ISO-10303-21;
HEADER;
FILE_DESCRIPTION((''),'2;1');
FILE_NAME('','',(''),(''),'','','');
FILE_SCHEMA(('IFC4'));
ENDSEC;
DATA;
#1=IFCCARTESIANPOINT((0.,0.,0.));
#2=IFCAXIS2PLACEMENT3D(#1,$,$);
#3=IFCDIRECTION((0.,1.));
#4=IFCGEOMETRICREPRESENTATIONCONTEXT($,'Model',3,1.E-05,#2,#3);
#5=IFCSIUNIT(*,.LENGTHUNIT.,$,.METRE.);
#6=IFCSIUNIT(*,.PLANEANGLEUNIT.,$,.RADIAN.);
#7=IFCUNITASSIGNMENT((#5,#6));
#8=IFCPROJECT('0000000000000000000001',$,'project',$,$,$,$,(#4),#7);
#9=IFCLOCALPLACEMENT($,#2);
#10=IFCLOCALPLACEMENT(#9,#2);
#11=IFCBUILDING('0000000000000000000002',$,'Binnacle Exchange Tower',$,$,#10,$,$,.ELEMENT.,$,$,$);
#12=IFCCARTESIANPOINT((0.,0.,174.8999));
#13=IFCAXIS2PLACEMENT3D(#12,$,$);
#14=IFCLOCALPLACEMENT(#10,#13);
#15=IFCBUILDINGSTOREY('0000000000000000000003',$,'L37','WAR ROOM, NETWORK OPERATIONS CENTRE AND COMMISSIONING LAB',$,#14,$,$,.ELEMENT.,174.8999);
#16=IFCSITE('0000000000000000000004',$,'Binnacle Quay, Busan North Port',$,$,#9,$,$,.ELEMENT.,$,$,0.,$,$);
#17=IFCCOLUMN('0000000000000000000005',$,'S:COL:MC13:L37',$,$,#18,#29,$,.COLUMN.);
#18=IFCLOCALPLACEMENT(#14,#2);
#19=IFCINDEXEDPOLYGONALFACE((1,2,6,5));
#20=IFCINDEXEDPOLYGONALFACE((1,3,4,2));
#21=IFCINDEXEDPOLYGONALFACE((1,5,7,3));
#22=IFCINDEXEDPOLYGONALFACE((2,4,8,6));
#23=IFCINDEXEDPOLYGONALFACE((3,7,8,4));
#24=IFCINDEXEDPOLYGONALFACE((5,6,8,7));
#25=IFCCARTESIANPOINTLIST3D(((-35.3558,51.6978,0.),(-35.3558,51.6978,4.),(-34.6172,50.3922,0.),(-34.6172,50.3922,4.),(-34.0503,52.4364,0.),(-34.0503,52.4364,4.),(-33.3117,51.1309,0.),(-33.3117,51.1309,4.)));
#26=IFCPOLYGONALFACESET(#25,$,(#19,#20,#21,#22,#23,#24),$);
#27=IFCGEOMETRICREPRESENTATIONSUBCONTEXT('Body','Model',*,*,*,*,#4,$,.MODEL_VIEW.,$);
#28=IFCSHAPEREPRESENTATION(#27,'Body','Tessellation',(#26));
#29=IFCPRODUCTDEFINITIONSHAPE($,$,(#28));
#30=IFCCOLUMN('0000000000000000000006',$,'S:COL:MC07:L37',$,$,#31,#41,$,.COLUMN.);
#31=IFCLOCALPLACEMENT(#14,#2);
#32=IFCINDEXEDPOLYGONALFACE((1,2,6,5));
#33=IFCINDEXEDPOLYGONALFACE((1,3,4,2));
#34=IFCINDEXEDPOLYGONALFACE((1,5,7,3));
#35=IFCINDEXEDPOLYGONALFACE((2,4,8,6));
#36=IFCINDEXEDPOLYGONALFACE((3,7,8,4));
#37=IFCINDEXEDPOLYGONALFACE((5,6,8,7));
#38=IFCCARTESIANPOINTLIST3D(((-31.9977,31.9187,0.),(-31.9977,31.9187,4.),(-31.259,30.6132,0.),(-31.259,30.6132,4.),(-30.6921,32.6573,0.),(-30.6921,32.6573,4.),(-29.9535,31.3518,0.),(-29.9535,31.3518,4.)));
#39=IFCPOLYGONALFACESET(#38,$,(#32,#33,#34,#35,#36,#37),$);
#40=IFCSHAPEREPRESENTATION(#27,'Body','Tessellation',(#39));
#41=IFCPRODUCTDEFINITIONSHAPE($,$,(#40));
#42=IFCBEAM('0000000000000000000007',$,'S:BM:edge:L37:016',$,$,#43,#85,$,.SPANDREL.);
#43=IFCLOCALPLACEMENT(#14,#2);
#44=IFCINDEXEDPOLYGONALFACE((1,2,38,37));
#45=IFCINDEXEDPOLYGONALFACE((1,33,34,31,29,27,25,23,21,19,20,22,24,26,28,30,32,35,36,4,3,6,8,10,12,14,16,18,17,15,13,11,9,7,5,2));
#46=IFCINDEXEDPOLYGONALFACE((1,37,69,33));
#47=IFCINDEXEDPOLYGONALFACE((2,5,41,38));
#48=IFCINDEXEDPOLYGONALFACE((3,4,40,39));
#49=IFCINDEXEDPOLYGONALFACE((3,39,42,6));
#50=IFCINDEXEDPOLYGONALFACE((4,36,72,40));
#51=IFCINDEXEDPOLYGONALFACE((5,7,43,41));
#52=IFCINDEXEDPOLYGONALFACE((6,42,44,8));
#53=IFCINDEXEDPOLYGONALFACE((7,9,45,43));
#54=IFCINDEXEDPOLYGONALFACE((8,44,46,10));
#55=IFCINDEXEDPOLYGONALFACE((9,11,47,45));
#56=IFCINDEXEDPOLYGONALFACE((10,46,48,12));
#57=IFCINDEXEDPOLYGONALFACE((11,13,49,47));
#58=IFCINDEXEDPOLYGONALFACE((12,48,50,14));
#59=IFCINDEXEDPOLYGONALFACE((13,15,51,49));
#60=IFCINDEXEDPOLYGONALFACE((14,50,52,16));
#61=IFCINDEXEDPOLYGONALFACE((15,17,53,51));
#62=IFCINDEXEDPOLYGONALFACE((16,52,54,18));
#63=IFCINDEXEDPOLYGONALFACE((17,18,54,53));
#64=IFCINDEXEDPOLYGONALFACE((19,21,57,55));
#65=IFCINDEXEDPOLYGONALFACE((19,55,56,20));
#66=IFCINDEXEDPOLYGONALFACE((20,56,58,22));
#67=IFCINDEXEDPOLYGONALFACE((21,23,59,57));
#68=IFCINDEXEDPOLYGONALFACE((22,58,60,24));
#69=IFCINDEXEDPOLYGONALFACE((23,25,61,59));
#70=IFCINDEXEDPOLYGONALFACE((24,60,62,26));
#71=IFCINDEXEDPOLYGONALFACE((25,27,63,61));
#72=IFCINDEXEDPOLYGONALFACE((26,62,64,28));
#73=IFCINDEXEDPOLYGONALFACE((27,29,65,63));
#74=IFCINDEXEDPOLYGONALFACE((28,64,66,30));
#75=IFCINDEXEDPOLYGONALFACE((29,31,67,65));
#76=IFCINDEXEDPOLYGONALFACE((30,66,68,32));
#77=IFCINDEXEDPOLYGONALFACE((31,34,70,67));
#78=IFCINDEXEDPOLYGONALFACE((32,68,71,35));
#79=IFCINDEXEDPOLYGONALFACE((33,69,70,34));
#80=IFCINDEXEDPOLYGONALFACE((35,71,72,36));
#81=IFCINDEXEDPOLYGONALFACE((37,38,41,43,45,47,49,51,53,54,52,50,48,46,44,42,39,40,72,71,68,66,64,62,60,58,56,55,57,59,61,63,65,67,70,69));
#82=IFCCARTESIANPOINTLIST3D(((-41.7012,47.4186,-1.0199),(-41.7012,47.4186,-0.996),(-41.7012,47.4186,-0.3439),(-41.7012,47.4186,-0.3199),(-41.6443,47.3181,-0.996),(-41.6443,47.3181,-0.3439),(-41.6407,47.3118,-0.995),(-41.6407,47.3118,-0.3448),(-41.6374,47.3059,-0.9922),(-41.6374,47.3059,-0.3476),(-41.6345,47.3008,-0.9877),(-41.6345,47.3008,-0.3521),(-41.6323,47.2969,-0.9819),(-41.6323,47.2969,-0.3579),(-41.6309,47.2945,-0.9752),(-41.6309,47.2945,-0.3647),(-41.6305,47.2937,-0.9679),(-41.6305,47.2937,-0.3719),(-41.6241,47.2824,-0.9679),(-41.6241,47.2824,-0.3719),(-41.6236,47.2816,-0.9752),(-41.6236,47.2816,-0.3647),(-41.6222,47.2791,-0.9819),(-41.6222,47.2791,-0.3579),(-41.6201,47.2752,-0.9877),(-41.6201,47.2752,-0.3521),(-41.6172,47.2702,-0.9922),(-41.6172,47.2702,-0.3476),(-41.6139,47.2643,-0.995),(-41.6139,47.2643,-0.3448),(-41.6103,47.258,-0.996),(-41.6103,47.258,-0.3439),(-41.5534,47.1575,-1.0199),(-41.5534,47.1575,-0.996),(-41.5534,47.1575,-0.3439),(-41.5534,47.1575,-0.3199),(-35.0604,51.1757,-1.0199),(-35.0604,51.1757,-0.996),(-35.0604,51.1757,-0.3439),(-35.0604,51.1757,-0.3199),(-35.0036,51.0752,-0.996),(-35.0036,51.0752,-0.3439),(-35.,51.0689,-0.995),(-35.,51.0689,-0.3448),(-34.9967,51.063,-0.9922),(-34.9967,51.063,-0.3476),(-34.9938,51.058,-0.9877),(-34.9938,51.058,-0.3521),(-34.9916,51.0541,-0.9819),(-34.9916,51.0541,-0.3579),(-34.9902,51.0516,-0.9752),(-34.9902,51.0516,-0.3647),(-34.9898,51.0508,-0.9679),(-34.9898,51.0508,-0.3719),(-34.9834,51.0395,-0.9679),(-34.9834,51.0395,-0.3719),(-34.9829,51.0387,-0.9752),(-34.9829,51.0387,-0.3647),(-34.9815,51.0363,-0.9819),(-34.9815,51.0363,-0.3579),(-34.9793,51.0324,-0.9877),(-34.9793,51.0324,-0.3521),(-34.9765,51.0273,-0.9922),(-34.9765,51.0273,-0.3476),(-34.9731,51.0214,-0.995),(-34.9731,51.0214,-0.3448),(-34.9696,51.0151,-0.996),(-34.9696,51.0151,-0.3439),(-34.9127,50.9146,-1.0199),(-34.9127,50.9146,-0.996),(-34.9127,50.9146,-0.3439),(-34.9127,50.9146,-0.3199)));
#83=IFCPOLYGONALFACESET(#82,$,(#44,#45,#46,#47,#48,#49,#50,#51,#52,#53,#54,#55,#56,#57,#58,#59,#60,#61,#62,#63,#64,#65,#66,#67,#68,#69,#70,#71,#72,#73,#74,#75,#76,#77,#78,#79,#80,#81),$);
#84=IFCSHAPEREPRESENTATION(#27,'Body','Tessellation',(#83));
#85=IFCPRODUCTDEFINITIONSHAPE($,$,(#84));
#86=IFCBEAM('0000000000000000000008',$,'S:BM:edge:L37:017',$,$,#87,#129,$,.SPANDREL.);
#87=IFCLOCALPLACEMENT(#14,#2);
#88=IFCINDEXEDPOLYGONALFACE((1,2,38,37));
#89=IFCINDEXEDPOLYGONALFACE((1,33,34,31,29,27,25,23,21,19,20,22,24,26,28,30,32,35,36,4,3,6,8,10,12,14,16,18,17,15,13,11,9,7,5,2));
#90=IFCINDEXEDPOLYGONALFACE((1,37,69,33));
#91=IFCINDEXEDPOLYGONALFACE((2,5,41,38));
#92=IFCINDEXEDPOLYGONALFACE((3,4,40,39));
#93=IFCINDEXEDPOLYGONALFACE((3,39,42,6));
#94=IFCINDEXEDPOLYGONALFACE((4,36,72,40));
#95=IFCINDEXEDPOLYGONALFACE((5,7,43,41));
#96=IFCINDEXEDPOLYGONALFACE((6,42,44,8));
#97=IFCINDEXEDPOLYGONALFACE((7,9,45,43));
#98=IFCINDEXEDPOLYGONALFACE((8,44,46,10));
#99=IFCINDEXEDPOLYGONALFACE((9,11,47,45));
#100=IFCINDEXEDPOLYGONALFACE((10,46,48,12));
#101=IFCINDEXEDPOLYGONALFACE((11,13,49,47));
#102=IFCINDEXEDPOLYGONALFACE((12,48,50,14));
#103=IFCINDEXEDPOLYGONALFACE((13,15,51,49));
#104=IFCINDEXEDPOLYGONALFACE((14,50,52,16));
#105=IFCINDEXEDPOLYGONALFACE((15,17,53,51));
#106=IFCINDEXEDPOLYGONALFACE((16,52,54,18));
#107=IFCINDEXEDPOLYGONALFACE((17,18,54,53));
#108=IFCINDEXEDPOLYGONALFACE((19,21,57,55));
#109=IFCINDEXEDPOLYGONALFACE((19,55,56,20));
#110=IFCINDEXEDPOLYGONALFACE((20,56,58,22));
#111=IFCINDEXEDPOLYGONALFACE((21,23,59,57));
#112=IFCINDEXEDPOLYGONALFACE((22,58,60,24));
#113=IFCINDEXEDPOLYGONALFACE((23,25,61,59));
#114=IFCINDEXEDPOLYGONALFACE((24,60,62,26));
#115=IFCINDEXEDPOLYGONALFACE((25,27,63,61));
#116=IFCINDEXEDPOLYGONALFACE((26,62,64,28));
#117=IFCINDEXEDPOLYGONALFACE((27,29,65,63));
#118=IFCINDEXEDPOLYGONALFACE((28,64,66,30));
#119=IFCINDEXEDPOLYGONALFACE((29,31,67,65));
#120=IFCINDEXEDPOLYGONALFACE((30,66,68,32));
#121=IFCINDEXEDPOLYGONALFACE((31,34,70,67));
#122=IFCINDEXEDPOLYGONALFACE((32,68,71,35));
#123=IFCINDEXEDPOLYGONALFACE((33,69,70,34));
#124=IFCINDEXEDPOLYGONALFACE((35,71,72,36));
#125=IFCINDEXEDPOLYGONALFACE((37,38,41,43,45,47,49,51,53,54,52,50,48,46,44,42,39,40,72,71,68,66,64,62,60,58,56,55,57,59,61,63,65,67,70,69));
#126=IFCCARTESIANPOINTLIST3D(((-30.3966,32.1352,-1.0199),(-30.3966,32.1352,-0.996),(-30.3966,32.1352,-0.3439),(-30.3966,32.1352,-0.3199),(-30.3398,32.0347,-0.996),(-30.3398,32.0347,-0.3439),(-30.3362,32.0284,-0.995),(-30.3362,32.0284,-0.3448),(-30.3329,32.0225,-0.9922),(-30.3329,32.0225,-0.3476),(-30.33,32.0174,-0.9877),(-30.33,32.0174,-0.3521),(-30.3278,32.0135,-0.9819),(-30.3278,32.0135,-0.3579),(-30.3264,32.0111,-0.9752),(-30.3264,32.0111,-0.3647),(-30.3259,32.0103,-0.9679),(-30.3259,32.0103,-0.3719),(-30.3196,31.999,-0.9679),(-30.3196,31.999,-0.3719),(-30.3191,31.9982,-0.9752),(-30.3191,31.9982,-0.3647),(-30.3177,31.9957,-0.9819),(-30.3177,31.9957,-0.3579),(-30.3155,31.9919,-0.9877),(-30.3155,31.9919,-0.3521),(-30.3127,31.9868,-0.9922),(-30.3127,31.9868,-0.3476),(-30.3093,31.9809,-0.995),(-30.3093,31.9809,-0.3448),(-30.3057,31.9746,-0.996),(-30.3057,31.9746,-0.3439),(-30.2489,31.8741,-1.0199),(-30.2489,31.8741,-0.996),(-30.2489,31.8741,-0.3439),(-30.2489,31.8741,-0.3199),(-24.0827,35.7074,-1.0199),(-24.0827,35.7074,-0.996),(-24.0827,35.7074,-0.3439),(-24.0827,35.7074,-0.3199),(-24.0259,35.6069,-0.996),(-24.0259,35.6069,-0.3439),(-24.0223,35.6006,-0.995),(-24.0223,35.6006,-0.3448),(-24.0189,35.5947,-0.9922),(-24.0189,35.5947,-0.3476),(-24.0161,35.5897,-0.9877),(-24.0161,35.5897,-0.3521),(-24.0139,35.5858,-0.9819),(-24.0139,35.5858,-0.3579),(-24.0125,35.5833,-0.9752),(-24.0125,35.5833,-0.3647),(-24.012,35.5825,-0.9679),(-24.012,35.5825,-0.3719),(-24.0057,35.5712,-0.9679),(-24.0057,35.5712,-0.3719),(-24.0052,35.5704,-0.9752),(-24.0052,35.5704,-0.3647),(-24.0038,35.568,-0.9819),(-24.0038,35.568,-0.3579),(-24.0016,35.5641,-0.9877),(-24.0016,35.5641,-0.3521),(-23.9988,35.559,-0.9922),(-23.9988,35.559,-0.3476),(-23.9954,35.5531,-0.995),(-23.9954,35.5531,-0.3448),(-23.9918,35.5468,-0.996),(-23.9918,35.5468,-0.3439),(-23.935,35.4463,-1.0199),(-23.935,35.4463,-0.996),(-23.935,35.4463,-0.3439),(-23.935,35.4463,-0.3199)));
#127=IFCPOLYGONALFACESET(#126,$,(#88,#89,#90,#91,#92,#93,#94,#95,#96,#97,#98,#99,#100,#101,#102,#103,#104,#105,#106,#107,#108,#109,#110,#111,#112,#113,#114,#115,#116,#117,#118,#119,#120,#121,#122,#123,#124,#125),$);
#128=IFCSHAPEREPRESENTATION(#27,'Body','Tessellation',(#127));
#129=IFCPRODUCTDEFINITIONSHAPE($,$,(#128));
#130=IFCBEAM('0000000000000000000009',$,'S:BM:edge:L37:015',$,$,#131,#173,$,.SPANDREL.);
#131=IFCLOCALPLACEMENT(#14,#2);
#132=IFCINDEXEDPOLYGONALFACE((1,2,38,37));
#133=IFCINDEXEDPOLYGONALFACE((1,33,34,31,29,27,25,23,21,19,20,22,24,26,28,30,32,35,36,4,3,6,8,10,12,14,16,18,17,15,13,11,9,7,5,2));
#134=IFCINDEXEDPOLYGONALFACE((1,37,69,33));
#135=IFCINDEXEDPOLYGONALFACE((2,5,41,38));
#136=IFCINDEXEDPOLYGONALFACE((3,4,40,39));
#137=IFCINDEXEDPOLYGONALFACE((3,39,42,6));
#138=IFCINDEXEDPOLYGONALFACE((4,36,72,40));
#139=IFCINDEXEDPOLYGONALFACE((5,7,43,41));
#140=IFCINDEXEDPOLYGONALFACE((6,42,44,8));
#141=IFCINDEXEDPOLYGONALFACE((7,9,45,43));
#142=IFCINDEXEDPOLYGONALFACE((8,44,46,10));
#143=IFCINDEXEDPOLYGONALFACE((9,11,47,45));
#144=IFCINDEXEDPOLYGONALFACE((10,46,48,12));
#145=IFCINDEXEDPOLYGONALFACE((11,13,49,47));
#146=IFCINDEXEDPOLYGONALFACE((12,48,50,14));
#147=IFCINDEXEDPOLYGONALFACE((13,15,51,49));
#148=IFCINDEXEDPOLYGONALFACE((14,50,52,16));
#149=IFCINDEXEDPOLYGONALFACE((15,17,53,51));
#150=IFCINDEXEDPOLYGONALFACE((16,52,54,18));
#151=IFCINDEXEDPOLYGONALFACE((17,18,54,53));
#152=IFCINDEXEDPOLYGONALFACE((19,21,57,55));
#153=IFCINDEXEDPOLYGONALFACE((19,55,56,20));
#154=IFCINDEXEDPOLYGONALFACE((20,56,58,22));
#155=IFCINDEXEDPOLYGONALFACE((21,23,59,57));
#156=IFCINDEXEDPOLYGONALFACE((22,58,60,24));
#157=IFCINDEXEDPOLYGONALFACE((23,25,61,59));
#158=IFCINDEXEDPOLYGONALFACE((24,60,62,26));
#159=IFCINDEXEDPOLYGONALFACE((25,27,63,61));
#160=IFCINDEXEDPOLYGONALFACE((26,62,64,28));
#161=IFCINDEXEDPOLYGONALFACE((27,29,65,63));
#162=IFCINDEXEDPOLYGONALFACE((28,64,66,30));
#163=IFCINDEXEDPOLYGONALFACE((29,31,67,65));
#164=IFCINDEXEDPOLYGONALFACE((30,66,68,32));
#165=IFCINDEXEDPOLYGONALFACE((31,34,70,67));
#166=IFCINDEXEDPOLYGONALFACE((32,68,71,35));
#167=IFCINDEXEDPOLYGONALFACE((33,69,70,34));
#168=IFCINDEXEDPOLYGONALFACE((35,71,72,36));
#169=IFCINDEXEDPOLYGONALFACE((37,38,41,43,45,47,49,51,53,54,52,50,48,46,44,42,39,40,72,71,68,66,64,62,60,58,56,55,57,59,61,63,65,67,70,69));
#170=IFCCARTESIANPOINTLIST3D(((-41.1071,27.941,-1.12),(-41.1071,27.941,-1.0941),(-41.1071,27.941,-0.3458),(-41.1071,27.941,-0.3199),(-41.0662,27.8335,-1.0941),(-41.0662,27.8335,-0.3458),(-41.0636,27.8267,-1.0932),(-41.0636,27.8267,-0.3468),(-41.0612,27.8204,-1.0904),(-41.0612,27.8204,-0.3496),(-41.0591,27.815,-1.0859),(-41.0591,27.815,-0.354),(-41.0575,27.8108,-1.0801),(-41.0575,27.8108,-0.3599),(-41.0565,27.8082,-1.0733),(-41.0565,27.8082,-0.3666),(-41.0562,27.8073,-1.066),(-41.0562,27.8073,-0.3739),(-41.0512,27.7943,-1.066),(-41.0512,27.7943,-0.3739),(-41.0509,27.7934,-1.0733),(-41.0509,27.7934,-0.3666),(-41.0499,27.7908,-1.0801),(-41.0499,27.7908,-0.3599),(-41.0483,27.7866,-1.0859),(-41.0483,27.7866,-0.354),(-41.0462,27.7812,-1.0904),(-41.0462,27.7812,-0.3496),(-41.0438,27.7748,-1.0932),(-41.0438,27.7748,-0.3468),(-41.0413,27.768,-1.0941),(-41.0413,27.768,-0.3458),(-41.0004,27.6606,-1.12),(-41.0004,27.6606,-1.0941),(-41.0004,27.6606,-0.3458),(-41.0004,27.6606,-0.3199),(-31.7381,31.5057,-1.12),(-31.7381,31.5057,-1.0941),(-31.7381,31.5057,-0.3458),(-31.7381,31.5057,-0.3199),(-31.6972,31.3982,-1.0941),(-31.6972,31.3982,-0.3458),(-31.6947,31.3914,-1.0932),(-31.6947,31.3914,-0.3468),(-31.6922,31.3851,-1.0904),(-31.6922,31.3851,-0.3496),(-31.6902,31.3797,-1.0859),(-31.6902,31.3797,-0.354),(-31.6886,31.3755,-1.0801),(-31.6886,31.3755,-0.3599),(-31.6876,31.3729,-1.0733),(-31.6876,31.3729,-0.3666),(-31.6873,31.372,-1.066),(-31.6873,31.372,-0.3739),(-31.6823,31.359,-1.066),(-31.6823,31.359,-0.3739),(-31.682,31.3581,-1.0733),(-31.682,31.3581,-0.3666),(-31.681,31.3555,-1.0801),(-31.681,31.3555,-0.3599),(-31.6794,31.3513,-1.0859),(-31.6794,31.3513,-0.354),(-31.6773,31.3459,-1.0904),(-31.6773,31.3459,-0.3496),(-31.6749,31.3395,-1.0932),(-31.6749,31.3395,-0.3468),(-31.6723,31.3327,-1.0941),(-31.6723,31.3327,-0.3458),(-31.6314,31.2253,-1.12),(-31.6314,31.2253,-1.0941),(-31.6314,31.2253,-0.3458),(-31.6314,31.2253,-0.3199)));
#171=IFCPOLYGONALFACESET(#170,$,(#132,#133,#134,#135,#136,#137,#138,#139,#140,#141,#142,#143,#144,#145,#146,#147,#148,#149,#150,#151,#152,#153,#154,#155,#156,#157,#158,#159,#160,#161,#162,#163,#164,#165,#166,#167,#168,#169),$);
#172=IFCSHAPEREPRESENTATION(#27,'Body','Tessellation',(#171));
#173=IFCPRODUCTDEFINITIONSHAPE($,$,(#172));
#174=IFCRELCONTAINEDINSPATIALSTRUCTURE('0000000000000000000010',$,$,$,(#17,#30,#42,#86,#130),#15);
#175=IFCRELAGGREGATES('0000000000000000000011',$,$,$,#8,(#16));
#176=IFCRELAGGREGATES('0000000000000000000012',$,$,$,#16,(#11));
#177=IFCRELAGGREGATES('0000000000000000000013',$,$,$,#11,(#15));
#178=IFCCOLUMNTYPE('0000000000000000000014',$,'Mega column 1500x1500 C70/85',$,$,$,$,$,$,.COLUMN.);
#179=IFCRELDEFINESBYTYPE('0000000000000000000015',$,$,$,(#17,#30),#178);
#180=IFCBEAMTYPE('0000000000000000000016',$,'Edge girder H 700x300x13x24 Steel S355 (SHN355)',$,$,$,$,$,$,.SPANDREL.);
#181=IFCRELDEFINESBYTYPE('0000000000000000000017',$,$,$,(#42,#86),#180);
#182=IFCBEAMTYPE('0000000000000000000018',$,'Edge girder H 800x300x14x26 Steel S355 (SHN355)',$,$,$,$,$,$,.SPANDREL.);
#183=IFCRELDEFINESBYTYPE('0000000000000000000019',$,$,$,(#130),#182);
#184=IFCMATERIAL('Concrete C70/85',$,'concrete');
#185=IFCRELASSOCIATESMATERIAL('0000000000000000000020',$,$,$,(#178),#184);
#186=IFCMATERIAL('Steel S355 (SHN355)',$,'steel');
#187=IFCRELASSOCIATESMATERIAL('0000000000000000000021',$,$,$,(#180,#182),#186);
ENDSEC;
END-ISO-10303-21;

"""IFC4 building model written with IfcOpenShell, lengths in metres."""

from ifc_helpers import new_model, si_unit, direction, frame, origin, origin_2d, place, context, subcontext, project, spatial, rectangle, i_section, extrude, material, material_profile, profile_set, type_object, element, save


model = new_model("IFC4")

# Units and contexts
model_context = context("Model", 3, precision=1e-05, world=origin(), true_north=direction((0.0, 1.0)))
body_context = subcontext(model_context, "Body", "Model", "MODEL_VIEW")
ifc_project = project(units=[si_unit("LENGTHUNIT", "METRE"), si_unit("PLANEANGLEUNIT", "RADIAN")], contexts=[model_context])

# Site, building, storey
site_placement = place(None, origin())
site = spatial("IfcSite", under=ifc_project, at=site_placement, Name="Binnacle Quay, Busan North Port", CompositionType="ELEMENT", RefElevation=0.0)
building_placement = place(site_placement, origin())
building = spatial("IfcBuilding", under=site, at=building_placement, Name="Binnacle Exchange Tower", CompositionType="ELEMENT")
storey_placement = place(building_placement, frame((0.0, 0.0, 174.8999)))
storey = spatial("IfcBuildingStorey", under=building, at=storey_placement, Name="L37", Description="WAR ROOM, NETWORK OPERATIONS CENTRE AND COMMISSIONING LAB", CompositionType="ELEMENT", Elevation=174.8999)

# Columns
ifc_material_1 = material(Name="Concrete C70/85", Category="concrete")
ifc_material_profile_1 = material_profile(ifc_material_1, rectangle(XDim=1.5, YDim=1.5, at=origin_2d()), Name="Mega column 1500x1500 C70/85")
ifc_profile_set_1 = profile_set([ifc_material_profile_1], Name="Concrete C70/85")
column_type = type_object("IfcColumnType", Name="Mega column 1500x1500 C70/85", PredefinedType="COLUMN", material=ifc_profile_set_1)
for number, where, z_axis, x_axis, name in (
    (1, (-34.3337, 51.4143, 0.0), (0.0, 0.0, 1.0), (-0.870356, -0.492424, 0.0), "S:COL:MC13:L37"),
    (2, (-30.9756, 31.6353, 0.0), (0.0, 0.0, 1.0), (0.870356, 0.492424, 0.0), "S:COL:MC07:L37"),
):
    element("IfcColumn", number, at=place(storey_placement, frame(where, z_axis=z_axis, x_axis=x_axis)), inside=storey, type_object=column_type, Name=name, PredefinedType="COLUMN", context=body_context, shape_type="SweptSolid", body=[
        extrude(rectangle(XDim=1.5, YDim=1.5, at=origin_2d()), origin(), (0.0, 0.0, 1.0), 4.0),
    ])

# Beams
ifc_material_2 = material(Name="Steel S355 (SHN355)", Category="steel")
ifc_material_profile_2 = material_profile(ifc_material_2, i_section(OverallWidth=0.3, OverallDepth=0.7, WebThickness=0.0129, FlangeThickness=0.0239, FilletRadius=0.0281, at=origin_2d()), Name="H 700x300x13x24")
ifc_profile_set_2 = profile_set([ifc_material_profile_2], Name="Steel S355 (SHN355)")
beam_type_1 = type_object("IfcBeamType", Name="Edge girder H 700x300x13x24 Steel S355 (SHN355)", PredefinedType="SPANDREL", material=ifc_profile_set_2)
beam_1_placement = place(storey_placement, frame((-34.9866, 51.0452, -0.6699), z_axis=(-0.870356, -0.492423, 0.0), x_axis=(0.492423, -0.870356, 0.0)))
element("IfcBeam", 3, at=beam_1_placement, inside=storey, type_object=beam_type_1, Name="S:BM:edge:L37:016", PredefinedType="SPANDREL", context=body_context, shape_type="SweptSolid", body=[
    extrude(i_section(OverallWidth=0.3, OverallDepth=0.7, WebThickness=0.0129, FlangeThickness=0.0239, FilletRadius=0.0281, at=origin_2d()), origin(), (0.0, 0.0, 1.0), 7.6299),
])
beam_2_placement = place(storey_placement, frame((-30.3228, 32.0046, -0.6699), z_axis=(0.870356, 0.492423, 0.0), x_axis=(-0.492423, 0.870356, 0.0)))
element("IfcBeam", 4, at=beam_2_placement, inside=storey, type_object=beam_type_1, Name="S:BM:edge:L37:017", PredefinedType="SPANDREL", context=body_context, shape_type="SweptSolid", body=[
    extrude(i_section(OverallWidth=0.3, OverallDepth=0.7, WebThickness=0.0129, FlangeThickness=0.0239, FilletRadius=0.0281, at=origin_2d()), origin(), (0.0, 0.0, 1.0), 7.2544),
])
ifc_material_profile_3 = material_profile(ifc_material_2, i_section(OverallWidth=0.3, OverallDepth=0.8, WebThickness=0.0139, FlangeThickness=0.0259, FilletRadius=0.0281, at=origin_2d()), Name="H 800x300x14x26")
ifc_profile_set_3 = profile_set([ifc_material_profile_3], Name="Steel S355 (SHN355)")
beam_type_2 = type_object("IfcBeamType", Name="Edge girder H 800x300x14x26 Steel S355 (SHN355)", PredefinedType="SPANDREL", material=ifc_profile_set_3)
beam_3_placement = place(storey_placement, frame((-41.0537, 27.8008, -0.72), z_axis=(0.934634, 0.355611, 0.0), x_axis=(-0.355611, 0.934634, 0.0)))
element("IfcBeam", 5, at=beam_3_placement, inside=storey, type_object=beam_type_2, Name="S:BM:edge:L37:015", PredefinedType="SPANDREL", context=body_context, shape_type="SweptSolid", body=[
    extrude(i_section(OverallWidth=0.3, OverallDepth=0.8, WebThickness=0.0139, FlangeThickness=0.0259, FilletRadius=0.0281, at=origin_2d()), origin(), (0.0, 0.0, 1.0), 10.0242),
])

save(model, "model.ifc")
